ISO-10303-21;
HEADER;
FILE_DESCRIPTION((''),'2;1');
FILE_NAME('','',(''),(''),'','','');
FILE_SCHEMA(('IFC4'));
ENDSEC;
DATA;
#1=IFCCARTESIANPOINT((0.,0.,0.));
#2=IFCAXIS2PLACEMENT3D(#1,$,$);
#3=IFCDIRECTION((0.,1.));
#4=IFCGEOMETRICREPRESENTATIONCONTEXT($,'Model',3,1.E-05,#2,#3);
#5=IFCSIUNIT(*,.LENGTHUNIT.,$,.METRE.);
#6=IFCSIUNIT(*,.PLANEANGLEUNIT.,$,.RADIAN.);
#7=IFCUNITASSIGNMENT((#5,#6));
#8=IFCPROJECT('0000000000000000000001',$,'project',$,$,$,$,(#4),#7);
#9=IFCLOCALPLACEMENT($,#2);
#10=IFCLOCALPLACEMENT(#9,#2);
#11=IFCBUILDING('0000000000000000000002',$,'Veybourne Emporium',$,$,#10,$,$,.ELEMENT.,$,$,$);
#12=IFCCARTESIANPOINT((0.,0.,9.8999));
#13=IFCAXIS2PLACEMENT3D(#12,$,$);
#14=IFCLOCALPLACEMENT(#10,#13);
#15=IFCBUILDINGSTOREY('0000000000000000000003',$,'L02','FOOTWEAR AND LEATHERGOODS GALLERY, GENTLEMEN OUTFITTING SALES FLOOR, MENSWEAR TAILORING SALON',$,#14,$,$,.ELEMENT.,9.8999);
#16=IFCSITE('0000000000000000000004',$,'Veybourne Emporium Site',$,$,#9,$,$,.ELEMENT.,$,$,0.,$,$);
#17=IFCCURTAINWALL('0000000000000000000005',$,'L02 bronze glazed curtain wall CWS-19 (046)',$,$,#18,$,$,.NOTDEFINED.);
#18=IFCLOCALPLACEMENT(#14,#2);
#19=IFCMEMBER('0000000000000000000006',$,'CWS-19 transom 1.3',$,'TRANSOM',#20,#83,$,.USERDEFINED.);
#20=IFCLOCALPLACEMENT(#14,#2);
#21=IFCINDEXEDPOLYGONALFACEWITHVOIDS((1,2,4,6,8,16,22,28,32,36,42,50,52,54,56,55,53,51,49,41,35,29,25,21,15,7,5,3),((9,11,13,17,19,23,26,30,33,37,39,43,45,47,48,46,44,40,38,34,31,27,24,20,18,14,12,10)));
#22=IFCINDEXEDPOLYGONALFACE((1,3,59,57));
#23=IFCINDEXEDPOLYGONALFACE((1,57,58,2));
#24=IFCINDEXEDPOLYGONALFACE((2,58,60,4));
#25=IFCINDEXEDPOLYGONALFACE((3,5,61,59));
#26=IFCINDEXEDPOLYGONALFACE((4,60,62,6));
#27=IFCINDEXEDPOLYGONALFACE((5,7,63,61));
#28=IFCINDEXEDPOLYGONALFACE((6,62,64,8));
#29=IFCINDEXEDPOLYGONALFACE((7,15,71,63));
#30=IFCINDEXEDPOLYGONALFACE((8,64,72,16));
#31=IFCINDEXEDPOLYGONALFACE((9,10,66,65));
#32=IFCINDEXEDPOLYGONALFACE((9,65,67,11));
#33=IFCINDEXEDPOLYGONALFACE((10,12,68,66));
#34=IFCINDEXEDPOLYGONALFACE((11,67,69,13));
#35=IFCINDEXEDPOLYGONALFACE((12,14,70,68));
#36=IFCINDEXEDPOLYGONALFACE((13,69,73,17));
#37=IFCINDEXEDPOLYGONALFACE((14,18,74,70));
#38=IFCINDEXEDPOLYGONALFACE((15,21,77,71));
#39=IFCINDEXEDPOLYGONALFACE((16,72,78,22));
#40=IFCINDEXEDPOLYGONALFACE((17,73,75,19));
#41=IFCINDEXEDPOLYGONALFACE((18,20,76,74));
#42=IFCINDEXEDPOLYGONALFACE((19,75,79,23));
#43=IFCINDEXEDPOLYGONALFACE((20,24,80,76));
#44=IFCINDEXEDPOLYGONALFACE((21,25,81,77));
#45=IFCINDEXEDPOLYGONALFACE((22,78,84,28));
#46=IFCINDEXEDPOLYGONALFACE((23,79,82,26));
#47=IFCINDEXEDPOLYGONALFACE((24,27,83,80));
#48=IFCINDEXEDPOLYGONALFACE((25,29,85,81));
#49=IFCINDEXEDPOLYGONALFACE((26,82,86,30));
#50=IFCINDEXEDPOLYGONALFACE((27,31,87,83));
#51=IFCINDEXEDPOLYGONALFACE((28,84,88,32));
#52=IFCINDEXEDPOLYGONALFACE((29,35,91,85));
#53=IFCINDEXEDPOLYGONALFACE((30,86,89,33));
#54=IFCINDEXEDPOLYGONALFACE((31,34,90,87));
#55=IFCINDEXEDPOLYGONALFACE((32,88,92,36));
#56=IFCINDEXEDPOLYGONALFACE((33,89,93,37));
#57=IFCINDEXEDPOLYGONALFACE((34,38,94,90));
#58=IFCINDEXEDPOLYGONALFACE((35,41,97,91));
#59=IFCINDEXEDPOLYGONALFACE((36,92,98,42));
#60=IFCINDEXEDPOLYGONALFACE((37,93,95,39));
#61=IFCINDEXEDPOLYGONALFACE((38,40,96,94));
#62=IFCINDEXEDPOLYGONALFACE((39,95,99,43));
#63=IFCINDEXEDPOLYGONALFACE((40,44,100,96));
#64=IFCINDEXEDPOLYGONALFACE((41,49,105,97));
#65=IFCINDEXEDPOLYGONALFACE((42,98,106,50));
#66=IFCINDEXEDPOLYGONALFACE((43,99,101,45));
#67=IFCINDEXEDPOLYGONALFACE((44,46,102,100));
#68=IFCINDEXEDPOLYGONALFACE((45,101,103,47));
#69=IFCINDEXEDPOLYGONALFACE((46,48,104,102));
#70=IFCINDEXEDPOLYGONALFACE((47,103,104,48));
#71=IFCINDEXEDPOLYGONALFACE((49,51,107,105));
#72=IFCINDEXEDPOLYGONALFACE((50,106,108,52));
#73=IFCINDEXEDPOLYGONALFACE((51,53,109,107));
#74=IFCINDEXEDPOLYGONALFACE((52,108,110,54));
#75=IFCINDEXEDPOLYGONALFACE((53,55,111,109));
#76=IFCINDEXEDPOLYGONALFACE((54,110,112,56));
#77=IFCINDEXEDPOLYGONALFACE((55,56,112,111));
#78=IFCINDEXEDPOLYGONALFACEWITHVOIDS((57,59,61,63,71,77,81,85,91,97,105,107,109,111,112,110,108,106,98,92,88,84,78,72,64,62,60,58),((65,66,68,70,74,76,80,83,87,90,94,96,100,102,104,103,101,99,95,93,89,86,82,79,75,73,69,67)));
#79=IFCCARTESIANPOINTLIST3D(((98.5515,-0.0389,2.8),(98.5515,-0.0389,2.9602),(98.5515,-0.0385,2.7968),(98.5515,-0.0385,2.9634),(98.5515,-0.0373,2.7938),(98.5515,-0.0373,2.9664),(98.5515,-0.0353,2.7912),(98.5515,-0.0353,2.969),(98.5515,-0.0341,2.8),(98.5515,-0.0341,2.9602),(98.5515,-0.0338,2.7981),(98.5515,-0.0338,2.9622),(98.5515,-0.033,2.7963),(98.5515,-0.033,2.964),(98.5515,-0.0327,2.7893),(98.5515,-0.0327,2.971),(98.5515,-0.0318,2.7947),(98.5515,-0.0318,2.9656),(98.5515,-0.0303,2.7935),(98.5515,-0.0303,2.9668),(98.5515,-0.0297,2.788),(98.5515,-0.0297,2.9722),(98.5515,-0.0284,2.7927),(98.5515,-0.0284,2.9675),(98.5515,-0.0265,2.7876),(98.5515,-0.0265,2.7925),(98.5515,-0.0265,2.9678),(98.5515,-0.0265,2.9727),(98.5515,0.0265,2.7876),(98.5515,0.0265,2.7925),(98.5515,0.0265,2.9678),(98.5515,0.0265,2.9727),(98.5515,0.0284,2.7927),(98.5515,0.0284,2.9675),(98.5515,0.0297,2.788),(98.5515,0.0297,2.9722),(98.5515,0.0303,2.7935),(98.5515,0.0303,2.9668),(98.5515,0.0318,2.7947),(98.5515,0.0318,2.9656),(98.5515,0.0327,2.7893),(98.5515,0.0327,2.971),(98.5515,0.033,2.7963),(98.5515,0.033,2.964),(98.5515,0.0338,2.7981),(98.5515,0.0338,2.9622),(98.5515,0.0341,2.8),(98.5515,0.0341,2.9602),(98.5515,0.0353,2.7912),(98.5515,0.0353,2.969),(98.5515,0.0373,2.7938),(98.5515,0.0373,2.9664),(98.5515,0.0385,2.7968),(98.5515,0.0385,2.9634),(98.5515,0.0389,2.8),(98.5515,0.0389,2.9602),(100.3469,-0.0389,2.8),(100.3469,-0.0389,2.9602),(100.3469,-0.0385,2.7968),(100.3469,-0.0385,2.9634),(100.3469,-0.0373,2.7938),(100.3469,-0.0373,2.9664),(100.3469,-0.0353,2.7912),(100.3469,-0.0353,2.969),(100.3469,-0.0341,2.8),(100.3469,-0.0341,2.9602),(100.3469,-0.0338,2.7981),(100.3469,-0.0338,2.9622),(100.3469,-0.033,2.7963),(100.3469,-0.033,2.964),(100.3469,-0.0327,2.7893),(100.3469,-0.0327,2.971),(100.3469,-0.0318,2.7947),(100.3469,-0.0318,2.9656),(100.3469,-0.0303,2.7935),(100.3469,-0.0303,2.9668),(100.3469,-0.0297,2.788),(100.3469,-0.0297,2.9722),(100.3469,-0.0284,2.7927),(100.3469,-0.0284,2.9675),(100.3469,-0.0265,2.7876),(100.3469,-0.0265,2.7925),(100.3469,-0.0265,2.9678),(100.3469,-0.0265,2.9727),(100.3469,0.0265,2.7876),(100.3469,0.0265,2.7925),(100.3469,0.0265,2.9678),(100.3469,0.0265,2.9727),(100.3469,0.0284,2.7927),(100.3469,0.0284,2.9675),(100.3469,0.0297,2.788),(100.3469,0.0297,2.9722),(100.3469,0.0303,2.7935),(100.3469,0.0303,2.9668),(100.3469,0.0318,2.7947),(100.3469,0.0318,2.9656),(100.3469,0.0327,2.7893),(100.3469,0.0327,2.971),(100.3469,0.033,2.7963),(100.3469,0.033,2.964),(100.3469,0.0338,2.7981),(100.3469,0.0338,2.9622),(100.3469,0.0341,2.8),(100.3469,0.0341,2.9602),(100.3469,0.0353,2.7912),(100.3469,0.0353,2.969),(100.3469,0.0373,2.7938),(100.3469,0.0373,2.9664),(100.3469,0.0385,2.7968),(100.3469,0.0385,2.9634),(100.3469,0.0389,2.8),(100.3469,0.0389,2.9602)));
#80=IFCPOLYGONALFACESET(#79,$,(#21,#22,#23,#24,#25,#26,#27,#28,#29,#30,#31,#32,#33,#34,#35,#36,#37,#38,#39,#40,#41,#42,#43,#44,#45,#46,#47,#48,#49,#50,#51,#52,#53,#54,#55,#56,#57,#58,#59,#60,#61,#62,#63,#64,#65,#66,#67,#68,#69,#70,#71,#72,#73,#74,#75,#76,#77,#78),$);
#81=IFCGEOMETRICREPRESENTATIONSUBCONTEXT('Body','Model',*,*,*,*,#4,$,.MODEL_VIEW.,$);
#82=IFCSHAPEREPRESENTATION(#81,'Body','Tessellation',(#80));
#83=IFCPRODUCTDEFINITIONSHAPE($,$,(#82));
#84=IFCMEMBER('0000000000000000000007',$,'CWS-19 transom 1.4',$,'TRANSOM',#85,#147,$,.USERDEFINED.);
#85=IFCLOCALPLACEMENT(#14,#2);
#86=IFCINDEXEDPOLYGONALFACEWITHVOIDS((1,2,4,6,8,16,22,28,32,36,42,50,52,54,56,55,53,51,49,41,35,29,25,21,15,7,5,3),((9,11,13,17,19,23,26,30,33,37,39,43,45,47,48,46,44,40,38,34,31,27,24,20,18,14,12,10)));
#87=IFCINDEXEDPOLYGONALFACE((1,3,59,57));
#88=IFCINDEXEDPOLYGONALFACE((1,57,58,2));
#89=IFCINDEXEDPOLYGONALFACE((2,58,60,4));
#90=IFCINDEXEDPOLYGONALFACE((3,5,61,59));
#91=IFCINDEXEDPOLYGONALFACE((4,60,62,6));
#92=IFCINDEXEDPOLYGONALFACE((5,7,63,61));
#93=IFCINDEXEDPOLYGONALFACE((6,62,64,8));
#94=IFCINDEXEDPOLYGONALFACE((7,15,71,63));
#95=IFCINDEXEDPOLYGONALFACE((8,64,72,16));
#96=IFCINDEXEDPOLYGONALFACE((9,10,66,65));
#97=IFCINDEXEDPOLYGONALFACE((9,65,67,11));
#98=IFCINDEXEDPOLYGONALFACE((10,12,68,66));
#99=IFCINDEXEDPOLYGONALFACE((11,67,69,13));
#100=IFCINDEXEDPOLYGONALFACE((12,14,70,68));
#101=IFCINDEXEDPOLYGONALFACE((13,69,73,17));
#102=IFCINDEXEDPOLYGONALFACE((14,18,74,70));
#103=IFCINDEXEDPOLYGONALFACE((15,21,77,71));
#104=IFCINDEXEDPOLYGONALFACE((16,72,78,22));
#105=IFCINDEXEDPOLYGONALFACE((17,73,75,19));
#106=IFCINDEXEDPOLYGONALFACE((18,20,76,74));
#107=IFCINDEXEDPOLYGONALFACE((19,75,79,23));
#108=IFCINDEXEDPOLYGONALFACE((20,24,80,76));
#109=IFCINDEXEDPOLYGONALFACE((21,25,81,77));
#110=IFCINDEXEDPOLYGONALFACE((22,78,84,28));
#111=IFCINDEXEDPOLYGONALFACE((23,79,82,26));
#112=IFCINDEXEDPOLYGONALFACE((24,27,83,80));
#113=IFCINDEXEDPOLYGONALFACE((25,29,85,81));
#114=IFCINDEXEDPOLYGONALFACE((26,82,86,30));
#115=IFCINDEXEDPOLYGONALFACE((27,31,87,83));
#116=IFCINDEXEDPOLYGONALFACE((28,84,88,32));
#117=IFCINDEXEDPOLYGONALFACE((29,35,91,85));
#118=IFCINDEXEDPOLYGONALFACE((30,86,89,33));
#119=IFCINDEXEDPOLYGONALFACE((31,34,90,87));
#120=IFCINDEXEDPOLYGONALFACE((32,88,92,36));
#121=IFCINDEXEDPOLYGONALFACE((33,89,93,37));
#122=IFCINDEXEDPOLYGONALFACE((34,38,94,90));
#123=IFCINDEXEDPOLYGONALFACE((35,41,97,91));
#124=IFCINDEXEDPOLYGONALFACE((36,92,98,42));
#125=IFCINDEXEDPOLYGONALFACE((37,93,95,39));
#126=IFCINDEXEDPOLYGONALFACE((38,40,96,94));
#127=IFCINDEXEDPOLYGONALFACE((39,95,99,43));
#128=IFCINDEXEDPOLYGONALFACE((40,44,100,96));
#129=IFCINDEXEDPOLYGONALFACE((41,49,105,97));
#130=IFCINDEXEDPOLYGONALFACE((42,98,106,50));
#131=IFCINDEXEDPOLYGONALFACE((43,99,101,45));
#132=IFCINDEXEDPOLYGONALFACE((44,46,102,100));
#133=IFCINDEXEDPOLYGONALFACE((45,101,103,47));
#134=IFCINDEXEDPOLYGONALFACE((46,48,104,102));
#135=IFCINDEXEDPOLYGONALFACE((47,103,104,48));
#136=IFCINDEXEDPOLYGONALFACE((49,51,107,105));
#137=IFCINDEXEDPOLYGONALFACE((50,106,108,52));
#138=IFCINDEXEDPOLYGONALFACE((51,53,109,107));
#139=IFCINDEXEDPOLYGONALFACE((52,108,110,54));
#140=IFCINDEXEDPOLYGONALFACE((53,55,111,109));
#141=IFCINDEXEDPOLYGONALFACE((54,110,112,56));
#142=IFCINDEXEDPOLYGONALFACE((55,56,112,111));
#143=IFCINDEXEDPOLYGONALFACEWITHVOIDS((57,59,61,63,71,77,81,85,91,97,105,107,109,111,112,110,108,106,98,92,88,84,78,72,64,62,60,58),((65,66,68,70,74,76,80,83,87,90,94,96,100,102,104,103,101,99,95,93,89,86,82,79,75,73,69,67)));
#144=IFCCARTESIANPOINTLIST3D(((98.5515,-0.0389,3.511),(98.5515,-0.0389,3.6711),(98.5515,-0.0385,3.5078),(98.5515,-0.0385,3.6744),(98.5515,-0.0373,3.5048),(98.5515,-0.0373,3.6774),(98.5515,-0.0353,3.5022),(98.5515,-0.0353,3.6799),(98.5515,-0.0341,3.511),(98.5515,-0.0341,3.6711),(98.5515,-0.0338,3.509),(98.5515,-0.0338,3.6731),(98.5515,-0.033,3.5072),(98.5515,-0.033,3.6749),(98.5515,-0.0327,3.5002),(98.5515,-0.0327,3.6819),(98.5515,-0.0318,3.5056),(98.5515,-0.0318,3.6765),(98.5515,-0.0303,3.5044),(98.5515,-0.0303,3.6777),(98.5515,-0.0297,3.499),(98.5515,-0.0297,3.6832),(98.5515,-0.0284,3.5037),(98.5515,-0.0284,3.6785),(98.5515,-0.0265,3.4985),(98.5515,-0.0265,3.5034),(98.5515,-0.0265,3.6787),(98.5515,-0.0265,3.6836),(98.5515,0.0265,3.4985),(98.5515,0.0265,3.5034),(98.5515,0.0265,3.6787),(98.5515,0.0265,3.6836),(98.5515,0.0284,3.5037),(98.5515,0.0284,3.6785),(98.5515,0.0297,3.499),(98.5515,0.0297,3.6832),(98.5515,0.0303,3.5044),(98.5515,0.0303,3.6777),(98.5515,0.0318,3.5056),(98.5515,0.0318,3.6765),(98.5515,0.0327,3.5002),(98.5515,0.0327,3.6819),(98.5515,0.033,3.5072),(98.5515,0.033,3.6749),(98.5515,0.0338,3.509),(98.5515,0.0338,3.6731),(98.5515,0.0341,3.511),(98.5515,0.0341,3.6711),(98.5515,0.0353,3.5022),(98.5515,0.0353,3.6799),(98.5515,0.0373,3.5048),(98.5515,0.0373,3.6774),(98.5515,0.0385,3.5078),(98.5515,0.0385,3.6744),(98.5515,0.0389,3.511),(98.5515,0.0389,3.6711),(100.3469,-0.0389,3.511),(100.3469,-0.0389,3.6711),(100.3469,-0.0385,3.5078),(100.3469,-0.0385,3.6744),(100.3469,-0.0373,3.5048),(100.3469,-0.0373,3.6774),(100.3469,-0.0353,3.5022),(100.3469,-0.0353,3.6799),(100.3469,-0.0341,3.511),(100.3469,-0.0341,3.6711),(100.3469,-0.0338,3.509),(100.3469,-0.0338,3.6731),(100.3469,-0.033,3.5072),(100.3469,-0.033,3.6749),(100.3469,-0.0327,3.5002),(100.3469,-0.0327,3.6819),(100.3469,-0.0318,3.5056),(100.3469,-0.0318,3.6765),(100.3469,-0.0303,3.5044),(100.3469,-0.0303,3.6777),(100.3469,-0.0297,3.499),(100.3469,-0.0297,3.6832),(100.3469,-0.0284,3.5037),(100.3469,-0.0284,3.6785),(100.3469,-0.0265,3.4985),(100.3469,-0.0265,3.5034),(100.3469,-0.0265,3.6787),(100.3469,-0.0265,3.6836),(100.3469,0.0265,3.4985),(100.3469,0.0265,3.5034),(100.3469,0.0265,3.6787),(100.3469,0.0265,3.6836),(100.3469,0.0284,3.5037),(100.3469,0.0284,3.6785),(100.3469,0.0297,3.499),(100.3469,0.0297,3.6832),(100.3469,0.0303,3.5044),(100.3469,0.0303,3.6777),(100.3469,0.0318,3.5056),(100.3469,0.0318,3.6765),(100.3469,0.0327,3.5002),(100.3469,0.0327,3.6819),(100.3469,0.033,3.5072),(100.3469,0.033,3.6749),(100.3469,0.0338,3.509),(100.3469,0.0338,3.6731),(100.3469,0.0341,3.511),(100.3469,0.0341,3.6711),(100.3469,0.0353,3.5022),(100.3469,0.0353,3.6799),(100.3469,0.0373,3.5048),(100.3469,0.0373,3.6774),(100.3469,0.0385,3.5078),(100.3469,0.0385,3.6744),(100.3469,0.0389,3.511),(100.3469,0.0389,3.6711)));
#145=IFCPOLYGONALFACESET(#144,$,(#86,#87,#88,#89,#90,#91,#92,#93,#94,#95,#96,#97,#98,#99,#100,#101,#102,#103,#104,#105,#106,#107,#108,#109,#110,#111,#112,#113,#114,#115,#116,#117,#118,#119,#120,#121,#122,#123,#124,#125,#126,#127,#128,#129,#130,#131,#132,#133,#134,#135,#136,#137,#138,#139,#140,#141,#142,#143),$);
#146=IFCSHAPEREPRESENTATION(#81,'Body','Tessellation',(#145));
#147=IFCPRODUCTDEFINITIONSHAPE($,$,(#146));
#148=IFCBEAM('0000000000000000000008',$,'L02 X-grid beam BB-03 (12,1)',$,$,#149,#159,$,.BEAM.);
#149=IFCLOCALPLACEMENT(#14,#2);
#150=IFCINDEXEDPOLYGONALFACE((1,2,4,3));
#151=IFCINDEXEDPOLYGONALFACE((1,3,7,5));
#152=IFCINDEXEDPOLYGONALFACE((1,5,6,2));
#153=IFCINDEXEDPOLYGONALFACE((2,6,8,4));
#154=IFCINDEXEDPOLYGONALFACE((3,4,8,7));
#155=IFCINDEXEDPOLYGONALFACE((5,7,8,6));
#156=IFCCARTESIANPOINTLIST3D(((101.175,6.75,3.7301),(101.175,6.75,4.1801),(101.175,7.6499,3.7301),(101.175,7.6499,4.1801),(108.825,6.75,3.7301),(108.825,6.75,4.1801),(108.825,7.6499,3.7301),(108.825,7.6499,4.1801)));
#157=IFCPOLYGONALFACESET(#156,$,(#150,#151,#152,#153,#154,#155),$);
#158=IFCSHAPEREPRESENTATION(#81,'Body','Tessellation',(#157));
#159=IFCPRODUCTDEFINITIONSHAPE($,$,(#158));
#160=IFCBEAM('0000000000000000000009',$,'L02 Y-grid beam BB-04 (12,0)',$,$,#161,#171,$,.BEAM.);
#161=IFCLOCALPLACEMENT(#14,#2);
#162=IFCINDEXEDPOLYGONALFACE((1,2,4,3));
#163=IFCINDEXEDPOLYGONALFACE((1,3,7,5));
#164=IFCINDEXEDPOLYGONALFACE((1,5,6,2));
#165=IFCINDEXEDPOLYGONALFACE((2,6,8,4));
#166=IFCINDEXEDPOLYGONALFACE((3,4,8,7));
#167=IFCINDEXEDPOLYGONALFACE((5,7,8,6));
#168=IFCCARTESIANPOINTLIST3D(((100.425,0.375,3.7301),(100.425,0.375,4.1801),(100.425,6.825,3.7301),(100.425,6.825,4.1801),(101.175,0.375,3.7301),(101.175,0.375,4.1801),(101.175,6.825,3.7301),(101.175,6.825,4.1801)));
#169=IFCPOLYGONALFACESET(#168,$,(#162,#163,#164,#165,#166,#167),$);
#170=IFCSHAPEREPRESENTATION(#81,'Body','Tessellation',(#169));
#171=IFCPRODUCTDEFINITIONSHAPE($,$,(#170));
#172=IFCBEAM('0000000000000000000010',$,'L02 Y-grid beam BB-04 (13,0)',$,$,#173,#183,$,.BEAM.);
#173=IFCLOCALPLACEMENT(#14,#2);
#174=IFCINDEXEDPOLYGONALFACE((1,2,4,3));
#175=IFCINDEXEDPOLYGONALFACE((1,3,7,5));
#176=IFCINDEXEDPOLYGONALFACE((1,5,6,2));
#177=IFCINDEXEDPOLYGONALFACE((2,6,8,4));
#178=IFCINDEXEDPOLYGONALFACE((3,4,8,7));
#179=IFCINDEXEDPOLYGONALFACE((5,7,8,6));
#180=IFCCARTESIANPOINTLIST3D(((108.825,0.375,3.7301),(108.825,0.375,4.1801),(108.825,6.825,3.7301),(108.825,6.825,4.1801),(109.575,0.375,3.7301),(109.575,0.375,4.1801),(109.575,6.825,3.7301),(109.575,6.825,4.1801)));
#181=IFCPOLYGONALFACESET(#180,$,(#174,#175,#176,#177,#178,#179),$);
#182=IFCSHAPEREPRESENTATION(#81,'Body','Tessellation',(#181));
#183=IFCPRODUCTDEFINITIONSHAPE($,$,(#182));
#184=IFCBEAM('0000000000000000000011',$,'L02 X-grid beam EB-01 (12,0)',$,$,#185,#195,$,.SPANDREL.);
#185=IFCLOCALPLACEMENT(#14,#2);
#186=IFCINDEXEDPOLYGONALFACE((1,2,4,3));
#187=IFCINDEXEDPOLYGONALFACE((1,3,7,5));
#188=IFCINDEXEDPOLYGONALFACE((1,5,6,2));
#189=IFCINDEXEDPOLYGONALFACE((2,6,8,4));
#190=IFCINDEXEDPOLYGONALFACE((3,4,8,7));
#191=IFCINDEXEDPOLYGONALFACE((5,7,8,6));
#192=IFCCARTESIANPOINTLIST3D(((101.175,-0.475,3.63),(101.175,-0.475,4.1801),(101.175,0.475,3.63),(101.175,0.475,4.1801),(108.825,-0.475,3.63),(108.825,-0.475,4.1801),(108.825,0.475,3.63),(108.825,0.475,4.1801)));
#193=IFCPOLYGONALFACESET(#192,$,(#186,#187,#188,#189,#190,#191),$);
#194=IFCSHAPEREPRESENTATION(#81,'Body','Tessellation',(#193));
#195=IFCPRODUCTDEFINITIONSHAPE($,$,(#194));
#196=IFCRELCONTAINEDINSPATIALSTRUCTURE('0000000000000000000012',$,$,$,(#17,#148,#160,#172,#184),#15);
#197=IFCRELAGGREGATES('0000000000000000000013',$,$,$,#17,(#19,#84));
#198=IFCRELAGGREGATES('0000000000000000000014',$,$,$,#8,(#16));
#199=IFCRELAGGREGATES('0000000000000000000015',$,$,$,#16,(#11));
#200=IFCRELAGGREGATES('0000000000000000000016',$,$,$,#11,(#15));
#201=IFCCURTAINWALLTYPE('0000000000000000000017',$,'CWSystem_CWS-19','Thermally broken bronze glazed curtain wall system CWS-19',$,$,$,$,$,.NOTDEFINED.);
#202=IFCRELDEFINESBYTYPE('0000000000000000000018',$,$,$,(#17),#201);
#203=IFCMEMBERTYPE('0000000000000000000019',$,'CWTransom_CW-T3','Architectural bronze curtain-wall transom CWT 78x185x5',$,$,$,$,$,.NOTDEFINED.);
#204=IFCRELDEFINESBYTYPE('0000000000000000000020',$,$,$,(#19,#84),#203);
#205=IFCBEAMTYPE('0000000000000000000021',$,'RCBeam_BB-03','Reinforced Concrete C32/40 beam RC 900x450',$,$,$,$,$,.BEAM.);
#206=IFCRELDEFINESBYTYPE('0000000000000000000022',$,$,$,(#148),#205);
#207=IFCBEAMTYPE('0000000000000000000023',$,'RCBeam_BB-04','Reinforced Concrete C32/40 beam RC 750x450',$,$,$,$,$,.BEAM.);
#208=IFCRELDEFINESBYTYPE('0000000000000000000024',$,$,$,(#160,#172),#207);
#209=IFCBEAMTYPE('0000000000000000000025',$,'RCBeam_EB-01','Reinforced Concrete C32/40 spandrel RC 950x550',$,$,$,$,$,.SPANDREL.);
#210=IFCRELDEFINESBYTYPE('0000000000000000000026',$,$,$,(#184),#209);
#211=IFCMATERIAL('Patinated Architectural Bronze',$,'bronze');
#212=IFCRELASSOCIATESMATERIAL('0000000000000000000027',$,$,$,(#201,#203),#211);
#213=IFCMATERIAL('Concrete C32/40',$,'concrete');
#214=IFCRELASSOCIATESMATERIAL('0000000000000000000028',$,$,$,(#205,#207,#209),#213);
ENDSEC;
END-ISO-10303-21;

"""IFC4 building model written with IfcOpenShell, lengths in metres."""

from ifc_helpers import new_model, si_unit, direction, frame, origin, origin_2d, place, context, subcontext, project, spatial, rectangle, hollow_rectangle, extrude, material, material_profile, profile_set, type_object, element, aggregate, save


model = new_model("IFC4")

# Units and contexts
model_context = context("Model", 3, precision=1e-05, world=origin(), true_north=direction((0.0, 1.0)))
body_context = subcontext(model_context, "Body", "Model", "MODEL_VIEW")
ifc_project = project(units=[si_unit("LENGTHUNIT", "METRE"), si_unit("PLANEANGLEUNIT", "RADIAN")], contexts=[model_context])

# Site, building, storey
site_placement = place(None, origin())
site = spatial("IfcSite", under=ifc_project, at=site_placement, Name="Veybourne Emporium Site", CompositionType="ELEMENT", RefElevation=0.0)
building_placement = place(site_placement, origin())
building = spatial("IfcBuilding", under=site, at=building_placement, Name="Veybourne Emporium", CompositionType="ELEMENT")
storey_placement = place(building_placement, frame((0.0, 0.0, 9.8999)))
storey = spatial("IfcBuildingStorey", under=building, at=storey_placement, Name="L02", Description="FOOTWEAR AND LEATHERGOODS GALLERY, GENTLEMEN OUTFITTING SALES FLOOR, MENSWEAR TAILORING SALON", CompositionType="ELEMENT", Elevation=9.8999)

# Curtain wall, members
ifc_material_1 = material(Name="Patinated Architectural Bronze", Category="bronze")
curtain_wall_type = type_object("IfcCurtainWallType", Name="CWSystem_CWS-19", Description="Thermally broken bronze glazed curtain wall system CWS-19", PredefinedType="NOTDEFINED", material=ifc_material_1)
curtain_wall_placement = place(storey_placement, origin())
curtain_wall = element("IfcCurtainWall", 1, at=curtain_wall_placement, inside=storey, type_object=curtain_wall_type, Name="L02 bronze glazed curtain wall CWS-19 (046)", PredefinedType="NOTDEFINED")
ifc_material_profile_1 = material_profile(ifc_material_1, hollow_rectangle(XDim=0.0779, YDim=0.1851, WallThickness=0.0049, InnerFilletRadius=0.0076, OuterFilletRadius=0.0125, at=origin_2d()), Name="CWT 78x185x5")
ifc_profile_set_1 = profile_set([ifc_material_profile_1], Name="Patinated Architectural Bronze")
member_type_1 = type_object("IfcMemberType", Name="CWTransom_CW-T3", Description="Architectural bronze curtain-wall transom CWT 78x185x5", PredefinedType="NOTDEFINED", material=ifc_profile_set_1)
member_1_placement = place(storey_placement, frame((100.3469, 0.0, 2.8801), z_axis=(-1.0, 0.0, 0.0), x_axis=(0.0, -1.0, 0.0)))
member_1 = element("IfcMember", 2, at=member_1_placement, type_object=member_type_1, Name="CWS-19 transom 1.3", ObjectType="TRANSOM", PredefinedType="USERDEFINED", context=body_context, shape_type="SweptSolid", body=[
    extrude(hollow_rectangle(XDim=0.0779, YDim=0.1851, WallThickness=0.0049, InnerFilletRadius=0.0076, OuterFilletRadius=0.0125, at=origin_2d()), origin(), (0.0, 0.0, 1.0), 1.7954),
])
member_2_placement = place(storey_placement, frame((100.3469, 0.0, 3.5911), z_axis=(-1.0, 0.0, 0.0), x_axis=(0.0, -1.0, 0.0)))
member_2 = element("IfcMember", 3, at=member_2_placement, type_object=member_type_1, Name="CWS-19 transom 1.4", ObjectType="TRANSOM", PredefinedType="USERDEFINED", context=body_context, shape_type="SweptSolid", body=[
    extrude(hollow_rectangle(XDim=0.0779, YDim=0.1851, WallThickness=0.0049, InnerFilletRadius=0.0076, OuterFilletRadius=0.0125, at=origin_2d()), origin(), (0.0, 0.0, 1.0), 1.7954),
])
aggregate(curtain_wall, [member_1, member_2])

# Beams
ifc_material_2 = material(Name="Concrete C32/40", Category="concrete")
ifc_material_profile_2 = material_profile(ifc_material_2, rectangle(XDim=0.8999, YDim=0.45, at=origin_2d()), Name="RC 900x450")
ifc_profile_set_2 = profile_set([ifc_material_profile_2], Name="Concrete C32/40")
beam_type_1 = type_object("IfcBeamType", Name="RCBeam_BB-03", Description="Reinforced Concrete C32/40 beam RC 900x450", PredefinedType="BEAM", material=ifc_profile_set_2)
beam_1_placement = place(storey_placement, frame((101.175, 7.2, 3.9551), z_axis=(1.0, 0.0, 0.0), x_axis=(0.0, 1.0, 0.0)))
element("IfcBeam", 4, at=beam_1_placement, inside=storey, type_object=beam_type_1, Name="L02 X-grid beam BB-03 (12,1)", PredefinedType="BEAM", context=body_context, shape_type="SweptSolid", body=[
    extrude(rectangle(XDim=0.8999, YDim=0.45, at=origin_2d()), origin(), (0.0, 0.0, 1.0), 7.6499),
])
ifc_material_profile_3 = material_profile(ifc_material_2, rectangle(XDim=0.75, YDim=0.45, at=origin_2d()), Name="RC 750x450")
ifc_profile_set_3 = profile_set([ifc_material_profile_3], Name="Concrete C32/40")
beam_type_2 = type_object("IfcBeamType", Name="RCBeam_BB-04", Description="Reinforced Concrete C32/40 beam RC 750x450", PredefinedType="BEAM", material=ifc_profile_set_3)
for number, where, z_axis, x_axis, name in (
    (5, (100.8, 0.375, 3.9551), (0.0, 1.0, 0.0), (-1.0, 0.0, 0.0), "L02 Y-grid beam BB-04 (12,0)"),
    (6, (109.2, 0.375, 3.9551), (0.0, 1.0, 0.0), (-1.0, 0.0, 0.0), "L02 Y-grid beam BB-04 (13,0)"),
):
    element("IfcBeam", number, at=place(storey_placement, frame(where, z_axis=z_axis, x_axis=x_axis)), inside=storey, type_object=beam_type_2, Name=name, PredefinedType="BEAM", context=body_context, shape_type="SweptSolid", body=[
        extrude(rectangle(XDim=0.75, YDim=0.45, at=origin_2d()), origin(), (0.0, 0.0, 1.0), 6.45),
    ])
ifc_material_profile_4 = material_profile(ifc_material_2, rectangle(XDim=0.95, YDim=0.55, at=origin_2d()), Name="RC 950x550")
ifc_profile_set_4 = profile_set([ifc_material_profile_4], Name="Concrete C32/40")
beam_type_3 = type_object("IfcBeamType", Name="RCBeam_EB-01", Description="Reinforced Concrete C32/40 spandrel RC 950x550", PredefinedType="SPANDREL", material=ifc_profile_set_4)
beam_2_placement = place(storey_placement, frame((101.175, 0.0, 3.905), z_axis=(1.0, 0.0, 0.0), x_axis=(0.0, 1.0, 0.0)))
element("IfcBeam", 7, at=beam_2_placement, inside=storey, type_object=beam_type_3, Name="L02 X-grid beam EB-01 (12,0)", PredefinedType="SPANDREL", context=body_context, shape_type="SweptSolid", body=[
    extrude(rectangle(XDim=0.95, YDim=0.55, at=origin_2d()), origin(), (0.0, 0.0, 1.0), 7.6499),
])

save(model, "model.ifc")
